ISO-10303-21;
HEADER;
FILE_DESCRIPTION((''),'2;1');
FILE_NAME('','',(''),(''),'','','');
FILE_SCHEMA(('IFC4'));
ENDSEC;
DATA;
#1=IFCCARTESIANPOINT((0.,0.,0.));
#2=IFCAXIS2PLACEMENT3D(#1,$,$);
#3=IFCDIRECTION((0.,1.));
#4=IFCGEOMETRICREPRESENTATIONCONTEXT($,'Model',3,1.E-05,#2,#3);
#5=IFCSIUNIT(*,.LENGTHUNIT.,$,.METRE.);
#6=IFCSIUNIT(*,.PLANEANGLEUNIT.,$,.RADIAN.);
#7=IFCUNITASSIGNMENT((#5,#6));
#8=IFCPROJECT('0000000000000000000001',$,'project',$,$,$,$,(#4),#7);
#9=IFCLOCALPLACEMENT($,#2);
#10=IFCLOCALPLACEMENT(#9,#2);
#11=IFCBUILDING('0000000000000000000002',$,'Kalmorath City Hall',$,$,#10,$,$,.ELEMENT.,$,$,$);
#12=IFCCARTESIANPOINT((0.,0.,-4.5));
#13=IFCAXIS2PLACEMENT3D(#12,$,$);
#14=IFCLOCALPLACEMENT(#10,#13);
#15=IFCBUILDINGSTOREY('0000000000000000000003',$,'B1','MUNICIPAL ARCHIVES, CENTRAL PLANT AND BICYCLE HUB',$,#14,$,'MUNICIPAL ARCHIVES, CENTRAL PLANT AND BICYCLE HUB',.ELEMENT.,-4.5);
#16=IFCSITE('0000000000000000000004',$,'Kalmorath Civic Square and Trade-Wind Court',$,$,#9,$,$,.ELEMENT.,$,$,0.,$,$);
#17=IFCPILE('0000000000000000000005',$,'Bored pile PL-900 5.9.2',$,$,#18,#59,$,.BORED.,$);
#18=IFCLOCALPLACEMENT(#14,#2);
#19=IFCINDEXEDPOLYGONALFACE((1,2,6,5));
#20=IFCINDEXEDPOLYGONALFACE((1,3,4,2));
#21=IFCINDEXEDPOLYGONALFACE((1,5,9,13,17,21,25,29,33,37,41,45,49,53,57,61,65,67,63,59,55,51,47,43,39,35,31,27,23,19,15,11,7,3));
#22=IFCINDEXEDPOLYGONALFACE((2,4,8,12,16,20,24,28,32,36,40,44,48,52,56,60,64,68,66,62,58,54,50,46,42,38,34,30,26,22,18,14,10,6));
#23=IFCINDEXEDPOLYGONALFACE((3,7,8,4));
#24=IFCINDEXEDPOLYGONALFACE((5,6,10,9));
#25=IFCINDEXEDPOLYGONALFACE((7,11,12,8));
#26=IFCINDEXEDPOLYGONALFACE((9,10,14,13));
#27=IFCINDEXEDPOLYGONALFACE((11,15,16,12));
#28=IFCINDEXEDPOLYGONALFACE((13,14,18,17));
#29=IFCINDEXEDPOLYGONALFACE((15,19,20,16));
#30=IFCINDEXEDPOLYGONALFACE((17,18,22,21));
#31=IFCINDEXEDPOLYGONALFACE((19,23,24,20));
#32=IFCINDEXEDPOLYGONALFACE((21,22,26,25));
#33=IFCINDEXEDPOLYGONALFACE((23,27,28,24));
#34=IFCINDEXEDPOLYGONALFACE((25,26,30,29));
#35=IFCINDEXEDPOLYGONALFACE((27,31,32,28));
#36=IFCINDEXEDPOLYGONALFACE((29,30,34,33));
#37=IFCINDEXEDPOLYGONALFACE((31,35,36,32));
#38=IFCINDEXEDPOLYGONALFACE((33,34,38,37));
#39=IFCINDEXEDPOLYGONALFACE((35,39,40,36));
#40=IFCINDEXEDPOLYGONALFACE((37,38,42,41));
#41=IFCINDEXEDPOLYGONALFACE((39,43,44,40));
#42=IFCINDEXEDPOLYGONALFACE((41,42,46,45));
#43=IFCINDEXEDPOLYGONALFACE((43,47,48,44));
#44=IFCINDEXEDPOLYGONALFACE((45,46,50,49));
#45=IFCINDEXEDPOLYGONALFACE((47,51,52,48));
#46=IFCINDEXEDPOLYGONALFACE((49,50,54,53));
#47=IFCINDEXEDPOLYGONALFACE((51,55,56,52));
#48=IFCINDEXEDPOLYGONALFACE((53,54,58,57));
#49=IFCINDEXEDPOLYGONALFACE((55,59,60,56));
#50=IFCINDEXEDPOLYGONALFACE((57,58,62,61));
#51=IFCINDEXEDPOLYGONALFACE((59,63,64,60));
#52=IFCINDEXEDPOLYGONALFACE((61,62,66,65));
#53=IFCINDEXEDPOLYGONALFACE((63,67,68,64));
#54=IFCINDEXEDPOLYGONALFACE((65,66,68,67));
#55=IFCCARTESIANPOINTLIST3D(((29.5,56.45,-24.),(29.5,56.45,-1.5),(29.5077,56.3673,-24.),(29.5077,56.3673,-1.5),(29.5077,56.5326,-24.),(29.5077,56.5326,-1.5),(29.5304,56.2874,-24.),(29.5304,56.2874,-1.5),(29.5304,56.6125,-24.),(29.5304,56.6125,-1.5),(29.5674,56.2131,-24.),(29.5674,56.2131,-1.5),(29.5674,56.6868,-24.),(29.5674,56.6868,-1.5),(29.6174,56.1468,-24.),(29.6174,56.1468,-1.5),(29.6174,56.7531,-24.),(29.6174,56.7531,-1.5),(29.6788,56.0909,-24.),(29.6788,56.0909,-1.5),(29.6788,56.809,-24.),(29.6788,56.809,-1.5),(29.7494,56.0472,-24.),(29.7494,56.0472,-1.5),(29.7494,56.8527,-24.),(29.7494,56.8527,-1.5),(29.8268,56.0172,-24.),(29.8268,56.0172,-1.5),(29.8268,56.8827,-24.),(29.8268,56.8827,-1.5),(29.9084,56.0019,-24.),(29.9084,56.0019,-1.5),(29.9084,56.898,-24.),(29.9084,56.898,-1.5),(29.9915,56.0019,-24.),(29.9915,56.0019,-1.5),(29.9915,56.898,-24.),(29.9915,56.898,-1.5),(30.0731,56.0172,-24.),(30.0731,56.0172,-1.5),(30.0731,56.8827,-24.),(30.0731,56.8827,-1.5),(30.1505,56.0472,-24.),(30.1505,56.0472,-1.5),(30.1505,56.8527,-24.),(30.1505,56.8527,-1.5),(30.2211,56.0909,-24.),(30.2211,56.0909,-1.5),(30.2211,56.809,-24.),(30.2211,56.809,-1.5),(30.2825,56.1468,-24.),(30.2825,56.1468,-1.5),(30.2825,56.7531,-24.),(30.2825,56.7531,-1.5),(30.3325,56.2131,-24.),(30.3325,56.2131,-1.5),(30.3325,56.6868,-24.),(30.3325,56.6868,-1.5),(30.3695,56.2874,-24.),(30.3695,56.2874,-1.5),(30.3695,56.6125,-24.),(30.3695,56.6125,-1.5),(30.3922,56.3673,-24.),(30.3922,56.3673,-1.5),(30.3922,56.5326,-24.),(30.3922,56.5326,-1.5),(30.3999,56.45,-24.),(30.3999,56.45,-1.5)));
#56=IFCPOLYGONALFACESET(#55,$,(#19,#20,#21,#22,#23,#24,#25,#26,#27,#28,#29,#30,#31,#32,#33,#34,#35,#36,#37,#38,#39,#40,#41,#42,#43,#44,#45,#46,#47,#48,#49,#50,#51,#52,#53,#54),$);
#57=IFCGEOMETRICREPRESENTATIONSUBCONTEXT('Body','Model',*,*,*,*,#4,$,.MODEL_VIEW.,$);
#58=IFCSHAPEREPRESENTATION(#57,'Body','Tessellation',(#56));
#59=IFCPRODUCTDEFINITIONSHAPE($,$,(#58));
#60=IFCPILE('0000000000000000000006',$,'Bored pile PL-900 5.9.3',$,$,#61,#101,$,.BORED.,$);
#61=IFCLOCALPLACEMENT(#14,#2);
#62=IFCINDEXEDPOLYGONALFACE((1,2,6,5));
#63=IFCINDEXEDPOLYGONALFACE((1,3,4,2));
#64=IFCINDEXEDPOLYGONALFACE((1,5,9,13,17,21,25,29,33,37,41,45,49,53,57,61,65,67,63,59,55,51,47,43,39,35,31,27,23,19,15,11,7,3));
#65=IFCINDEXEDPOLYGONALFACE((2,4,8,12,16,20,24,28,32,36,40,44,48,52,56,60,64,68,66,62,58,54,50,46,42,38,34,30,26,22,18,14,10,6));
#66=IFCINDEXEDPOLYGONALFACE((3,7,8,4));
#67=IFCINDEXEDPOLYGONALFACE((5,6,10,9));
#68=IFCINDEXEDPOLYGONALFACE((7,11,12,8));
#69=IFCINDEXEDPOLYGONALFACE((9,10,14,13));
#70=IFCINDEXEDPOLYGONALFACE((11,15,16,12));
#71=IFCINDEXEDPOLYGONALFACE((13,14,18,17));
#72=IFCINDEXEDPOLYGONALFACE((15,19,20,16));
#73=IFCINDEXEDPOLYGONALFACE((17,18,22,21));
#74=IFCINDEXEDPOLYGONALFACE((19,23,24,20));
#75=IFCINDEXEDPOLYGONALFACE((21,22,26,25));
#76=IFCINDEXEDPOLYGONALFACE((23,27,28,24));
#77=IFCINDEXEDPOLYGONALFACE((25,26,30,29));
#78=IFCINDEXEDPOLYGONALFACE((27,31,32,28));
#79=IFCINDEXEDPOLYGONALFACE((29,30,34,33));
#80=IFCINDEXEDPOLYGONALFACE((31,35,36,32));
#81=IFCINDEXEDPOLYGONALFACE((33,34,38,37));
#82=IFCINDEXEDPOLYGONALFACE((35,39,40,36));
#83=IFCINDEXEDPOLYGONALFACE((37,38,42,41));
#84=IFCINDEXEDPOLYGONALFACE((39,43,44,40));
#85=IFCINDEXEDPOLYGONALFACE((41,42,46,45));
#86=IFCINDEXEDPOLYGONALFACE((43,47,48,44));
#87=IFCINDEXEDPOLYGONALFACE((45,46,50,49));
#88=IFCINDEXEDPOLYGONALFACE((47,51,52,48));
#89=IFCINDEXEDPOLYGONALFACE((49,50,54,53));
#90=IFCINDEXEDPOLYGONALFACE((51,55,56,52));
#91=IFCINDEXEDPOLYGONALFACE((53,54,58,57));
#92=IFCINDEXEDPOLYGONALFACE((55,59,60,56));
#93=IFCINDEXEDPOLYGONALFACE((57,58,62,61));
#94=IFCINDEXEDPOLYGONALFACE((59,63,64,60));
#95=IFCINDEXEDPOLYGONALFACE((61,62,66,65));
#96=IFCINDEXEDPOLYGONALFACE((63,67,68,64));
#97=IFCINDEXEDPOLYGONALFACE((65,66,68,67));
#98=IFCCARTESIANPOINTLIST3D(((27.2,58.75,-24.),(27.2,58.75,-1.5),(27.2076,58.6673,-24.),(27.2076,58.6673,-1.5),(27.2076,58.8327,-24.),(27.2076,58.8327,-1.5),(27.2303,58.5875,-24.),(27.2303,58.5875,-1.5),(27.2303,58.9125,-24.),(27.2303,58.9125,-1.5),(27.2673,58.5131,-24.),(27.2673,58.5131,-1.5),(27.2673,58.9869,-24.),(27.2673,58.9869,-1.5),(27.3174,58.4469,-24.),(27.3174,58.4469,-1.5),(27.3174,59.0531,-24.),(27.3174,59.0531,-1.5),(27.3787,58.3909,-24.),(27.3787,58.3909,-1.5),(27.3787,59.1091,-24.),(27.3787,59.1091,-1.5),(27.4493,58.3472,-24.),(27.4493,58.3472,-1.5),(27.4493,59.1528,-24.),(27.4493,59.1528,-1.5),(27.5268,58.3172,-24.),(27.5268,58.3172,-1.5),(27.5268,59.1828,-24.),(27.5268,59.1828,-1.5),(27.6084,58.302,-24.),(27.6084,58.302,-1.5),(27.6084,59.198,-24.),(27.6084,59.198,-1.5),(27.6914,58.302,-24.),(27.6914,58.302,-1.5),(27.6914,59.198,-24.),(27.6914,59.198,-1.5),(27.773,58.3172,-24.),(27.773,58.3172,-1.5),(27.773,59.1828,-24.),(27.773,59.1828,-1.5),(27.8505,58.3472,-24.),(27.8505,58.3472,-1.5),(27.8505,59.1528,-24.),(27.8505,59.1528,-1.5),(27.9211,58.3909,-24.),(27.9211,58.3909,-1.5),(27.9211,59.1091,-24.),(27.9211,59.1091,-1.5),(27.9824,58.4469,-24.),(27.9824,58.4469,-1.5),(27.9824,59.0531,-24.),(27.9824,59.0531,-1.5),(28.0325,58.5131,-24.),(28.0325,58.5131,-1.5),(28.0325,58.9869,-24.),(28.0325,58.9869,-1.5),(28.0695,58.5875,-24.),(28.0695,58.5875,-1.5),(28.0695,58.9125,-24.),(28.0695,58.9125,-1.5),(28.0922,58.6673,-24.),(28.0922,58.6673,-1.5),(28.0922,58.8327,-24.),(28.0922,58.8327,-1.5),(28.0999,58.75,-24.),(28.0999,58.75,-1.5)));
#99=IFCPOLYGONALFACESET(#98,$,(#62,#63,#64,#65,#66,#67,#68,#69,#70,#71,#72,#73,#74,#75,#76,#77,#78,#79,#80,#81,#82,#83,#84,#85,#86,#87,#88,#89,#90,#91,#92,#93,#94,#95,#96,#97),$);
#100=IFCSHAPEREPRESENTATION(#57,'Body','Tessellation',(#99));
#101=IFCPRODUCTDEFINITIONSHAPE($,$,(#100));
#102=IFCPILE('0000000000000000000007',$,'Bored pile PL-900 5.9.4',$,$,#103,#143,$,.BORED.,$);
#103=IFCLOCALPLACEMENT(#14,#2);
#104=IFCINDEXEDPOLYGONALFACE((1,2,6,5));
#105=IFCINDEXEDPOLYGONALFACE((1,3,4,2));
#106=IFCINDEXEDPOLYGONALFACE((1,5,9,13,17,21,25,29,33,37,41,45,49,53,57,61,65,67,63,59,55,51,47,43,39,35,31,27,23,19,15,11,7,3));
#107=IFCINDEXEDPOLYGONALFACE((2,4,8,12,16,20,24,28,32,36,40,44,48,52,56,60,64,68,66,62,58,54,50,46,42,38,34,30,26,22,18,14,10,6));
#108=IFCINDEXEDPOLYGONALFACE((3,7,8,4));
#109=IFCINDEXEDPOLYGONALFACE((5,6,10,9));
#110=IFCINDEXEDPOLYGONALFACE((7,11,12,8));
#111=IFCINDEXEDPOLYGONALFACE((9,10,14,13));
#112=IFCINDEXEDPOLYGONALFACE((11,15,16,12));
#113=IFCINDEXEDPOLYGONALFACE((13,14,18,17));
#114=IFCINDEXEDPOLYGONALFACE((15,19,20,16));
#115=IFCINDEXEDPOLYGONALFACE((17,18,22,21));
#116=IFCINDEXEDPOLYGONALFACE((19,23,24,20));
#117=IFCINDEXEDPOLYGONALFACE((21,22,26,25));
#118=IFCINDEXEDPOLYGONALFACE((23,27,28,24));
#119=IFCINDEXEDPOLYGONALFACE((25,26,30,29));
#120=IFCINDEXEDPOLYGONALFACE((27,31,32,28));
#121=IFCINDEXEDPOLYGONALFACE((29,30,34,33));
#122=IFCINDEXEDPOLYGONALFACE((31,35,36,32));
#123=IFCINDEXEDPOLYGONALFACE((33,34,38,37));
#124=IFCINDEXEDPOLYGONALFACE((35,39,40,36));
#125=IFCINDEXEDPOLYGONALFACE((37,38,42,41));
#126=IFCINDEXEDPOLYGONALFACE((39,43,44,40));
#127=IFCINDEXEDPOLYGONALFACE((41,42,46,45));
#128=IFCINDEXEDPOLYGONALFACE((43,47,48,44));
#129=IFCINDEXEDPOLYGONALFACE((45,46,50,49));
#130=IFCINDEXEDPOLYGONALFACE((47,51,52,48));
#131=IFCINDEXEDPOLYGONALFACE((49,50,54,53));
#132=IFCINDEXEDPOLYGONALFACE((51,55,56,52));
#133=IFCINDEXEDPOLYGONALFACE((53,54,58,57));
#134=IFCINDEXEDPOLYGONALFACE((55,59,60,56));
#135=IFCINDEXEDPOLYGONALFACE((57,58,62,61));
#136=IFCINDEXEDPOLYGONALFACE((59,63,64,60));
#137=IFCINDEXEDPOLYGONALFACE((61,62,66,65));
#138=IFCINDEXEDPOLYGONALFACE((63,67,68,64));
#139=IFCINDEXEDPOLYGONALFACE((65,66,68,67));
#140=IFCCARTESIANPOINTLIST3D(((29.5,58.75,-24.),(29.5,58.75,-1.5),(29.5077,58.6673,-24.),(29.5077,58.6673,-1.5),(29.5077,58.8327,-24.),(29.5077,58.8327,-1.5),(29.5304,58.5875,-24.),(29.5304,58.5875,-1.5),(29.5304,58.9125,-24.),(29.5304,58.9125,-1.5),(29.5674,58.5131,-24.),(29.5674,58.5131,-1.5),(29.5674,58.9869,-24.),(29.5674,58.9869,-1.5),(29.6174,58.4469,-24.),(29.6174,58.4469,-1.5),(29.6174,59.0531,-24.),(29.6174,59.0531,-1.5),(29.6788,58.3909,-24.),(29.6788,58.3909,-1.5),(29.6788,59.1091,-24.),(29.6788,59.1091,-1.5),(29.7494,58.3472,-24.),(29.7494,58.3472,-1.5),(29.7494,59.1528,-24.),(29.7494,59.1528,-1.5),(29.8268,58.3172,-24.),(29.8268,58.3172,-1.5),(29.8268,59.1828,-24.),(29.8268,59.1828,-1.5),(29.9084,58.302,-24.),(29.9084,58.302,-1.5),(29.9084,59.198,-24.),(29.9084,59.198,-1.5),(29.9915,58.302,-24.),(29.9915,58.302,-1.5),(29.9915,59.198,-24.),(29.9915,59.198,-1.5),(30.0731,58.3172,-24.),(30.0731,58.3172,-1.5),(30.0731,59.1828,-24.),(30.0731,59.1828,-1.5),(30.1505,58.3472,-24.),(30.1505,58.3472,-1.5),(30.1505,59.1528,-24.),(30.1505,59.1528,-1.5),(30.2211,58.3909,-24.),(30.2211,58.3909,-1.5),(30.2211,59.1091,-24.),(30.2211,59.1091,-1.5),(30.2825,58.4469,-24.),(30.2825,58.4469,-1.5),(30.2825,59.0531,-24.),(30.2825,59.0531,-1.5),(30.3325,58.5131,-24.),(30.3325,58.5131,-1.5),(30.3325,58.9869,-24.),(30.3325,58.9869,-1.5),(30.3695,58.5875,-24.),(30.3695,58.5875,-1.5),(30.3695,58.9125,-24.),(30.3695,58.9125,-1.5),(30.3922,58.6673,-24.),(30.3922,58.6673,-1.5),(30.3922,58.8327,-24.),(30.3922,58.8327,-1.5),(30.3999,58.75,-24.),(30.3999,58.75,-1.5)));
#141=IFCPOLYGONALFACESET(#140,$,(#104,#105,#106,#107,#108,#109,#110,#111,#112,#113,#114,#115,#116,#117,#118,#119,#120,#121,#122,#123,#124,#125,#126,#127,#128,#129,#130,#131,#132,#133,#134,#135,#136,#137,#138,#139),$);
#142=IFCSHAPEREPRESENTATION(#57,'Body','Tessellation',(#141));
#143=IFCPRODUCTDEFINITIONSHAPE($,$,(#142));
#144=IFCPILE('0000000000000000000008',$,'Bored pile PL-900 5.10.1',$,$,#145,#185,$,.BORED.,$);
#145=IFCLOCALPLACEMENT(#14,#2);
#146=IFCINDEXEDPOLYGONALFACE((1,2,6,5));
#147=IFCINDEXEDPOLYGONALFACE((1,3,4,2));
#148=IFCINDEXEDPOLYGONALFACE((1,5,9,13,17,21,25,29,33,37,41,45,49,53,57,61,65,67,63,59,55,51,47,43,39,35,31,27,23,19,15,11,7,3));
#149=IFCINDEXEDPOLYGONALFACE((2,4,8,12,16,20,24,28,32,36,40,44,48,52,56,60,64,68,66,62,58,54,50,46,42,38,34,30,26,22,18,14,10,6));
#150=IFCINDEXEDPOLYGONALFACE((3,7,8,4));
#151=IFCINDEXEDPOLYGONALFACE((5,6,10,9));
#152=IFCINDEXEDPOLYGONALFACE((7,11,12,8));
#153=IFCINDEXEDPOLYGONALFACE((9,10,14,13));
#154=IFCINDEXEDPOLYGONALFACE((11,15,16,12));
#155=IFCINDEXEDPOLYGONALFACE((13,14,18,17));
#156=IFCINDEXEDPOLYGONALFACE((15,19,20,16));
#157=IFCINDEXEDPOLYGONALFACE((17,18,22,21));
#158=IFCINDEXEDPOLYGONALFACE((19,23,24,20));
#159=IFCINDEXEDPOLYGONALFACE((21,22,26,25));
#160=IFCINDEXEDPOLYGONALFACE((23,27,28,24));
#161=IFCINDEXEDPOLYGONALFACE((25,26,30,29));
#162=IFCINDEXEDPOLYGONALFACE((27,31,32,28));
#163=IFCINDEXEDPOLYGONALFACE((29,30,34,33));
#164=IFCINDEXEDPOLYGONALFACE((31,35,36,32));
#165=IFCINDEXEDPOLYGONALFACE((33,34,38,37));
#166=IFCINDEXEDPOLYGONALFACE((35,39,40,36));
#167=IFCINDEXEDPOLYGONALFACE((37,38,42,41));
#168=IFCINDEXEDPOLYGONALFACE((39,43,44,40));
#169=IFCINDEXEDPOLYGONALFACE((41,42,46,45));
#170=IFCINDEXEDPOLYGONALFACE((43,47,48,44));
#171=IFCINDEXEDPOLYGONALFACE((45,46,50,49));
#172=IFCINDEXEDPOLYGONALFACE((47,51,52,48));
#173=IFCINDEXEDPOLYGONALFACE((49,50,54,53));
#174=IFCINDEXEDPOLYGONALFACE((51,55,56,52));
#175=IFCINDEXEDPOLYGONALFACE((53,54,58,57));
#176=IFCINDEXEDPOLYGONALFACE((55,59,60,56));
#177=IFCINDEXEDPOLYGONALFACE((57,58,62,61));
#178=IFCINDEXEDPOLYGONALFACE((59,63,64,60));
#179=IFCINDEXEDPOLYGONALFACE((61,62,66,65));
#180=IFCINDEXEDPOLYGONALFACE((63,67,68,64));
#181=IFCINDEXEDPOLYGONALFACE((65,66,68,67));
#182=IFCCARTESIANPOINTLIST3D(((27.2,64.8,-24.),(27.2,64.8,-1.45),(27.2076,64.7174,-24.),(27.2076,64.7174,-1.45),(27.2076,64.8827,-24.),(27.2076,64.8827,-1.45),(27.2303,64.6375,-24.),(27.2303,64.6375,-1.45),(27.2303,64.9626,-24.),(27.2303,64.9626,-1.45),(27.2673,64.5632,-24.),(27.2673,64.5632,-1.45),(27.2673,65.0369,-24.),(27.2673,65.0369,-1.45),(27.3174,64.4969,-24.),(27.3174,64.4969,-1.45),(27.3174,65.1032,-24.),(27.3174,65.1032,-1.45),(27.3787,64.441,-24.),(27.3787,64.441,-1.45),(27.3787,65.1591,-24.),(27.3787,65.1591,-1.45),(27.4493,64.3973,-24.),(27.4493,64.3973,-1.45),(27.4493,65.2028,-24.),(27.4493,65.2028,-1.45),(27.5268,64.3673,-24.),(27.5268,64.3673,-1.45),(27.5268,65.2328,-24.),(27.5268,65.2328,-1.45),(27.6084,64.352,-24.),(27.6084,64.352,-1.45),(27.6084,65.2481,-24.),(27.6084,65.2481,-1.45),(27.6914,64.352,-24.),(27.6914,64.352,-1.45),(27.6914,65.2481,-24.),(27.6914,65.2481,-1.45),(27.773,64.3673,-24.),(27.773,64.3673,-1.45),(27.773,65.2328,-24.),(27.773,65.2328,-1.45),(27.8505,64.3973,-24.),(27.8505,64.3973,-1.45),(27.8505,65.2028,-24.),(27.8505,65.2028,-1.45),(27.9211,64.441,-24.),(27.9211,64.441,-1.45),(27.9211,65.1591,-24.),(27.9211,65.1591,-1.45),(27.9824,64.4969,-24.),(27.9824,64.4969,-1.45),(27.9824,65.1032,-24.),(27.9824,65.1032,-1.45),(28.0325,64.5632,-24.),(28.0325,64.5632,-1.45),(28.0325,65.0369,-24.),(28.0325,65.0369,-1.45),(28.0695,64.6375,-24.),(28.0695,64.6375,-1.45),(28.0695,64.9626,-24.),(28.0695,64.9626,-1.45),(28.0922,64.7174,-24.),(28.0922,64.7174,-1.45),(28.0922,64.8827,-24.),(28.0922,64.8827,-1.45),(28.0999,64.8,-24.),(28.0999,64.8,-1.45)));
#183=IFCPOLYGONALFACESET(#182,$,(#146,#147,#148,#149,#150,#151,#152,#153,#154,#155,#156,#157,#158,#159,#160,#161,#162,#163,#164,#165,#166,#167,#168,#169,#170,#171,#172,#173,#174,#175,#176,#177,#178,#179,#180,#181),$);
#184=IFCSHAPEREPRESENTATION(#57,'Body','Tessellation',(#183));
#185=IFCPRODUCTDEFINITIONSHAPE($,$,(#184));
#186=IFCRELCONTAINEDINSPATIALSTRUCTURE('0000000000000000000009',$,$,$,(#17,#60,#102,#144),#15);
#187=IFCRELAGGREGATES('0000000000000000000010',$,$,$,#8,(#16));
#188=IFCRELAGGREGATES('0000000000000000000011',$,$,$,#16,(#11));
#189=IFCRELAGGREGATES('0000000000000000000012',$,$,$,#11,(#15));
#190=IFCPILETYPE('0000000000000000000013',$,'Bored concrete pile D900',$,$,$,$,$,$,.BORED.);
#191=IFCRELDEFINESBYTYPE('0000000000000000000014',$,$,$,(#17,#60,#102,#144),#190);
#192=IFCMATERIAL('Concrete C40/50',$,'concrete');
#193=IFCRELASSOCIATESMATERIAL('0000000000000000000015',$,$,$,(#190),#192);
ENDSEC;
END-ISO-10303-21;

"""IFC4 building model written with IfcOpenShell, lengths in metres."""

from ifc_helpers import new_model, si_unit, direction, frame, origin, origin_2d, place, context, subcontext, project, spatial, circle, extrude, material, material_profile, profile_set, type_object, element, save


model = new_model("IFC4")

# Units and contexts
model_context = context("Model", 3, precision=1e-05, world=origin(), true_north=direction((0.0, 1.0)))
body_context = subcontext(model_context, "Body", "Model", "MODEL_VIEW")
ifc_project = project(units=[si_unit("LENGTHUNIT", "METRE"), si_unit("PLANEANGLEUNIT", "RADIAN")], contexts=[model_context])

# Site, building, storey
site_placement = place(None, origin())
site = spatial("IfcSite", under=ifc_project, at=site_placement, Name="Kalmorath Civic Square and Trade-Wind Court", CompositionType="ELEMENT", RefElevation=0.0)
building_placement = place(site_placement, origin())
building = spatial("IfcBuilding", under=site, at=building_placement, Name="Kalmorath City Hall", CompositionType="ELEMENT")
storey_placement = place(building_placement, frame((0.0, 0.0, -4.5)))
storey = spatial("IfcBuildingStorey", under=building, at=storey_placement, Name="B1", Description="MUNICIPAL ARCHIVES, CENTRAL PLANT AND BICYCLE HUB", LongName="MUNICIPAL ARCHIVES, CENTRAL PLANT AND BICYCLE HUB", CompositionType="ELEMENT", Elevation=-4.5)

# Piles
ifc_material_1 = material(Name="Concrete C40/50", Category="concrete")
ifc_material_profile_1 = material_profile(ifc_material_1, circle(Radius=0.45, at=origin_2d()), Name="PILE-D900")
ifc_profile_set_1 = profile_set([ifc_material_profile_1], Name="Concrete C40/50")
pile_type = type_object("IfcPileType", Name="Bored concrete pile D900", PredefinedType="BORED", material=ifc_profile_set_1)
for number, where, z_axis, x_axis, name in (
    (1, (29.95, 56.45, -1.5), (0.0, 0.0, -1.0), (1.0, 0.0, 0.0), "Bored pile PL-900 5.9.2"),
    (2, (27.6499, 58.75, -1.5), (0.0, 0.0, -1.0), (1.0, 0.0, 0.0), "Bored pile PL-900 5.9.3"),
    (3, (29.95, 58.75, -1.5), (0.0, 0.0, -1.0), (1.0, 0.0, 0.0), "Bored pile PL-900 5.9.4"),
):
    element("IfcPile", number, at=place(storey_placement, frame(where, z_axis=z_axis, x_axis=x_axis)), inside=storey, type_object=pile_type, Name=name, PredefinedType="BORED", context=body_context, shape_type="SweptSolid", body=[
        extrude(circle(Radius=0.45, at=origin_2d()), origin(), (0.0, 0.0, 1.0), 22.5),
    ])
pile_1_placement = place(storey_placement, frame((27.6499, 64.8, -1.45), z_axis=(0.0, 0.0, -1.0), x_axis=(1.0, 0.0, 0.0)))
element("IfcPile", 4, at=pile_1_placement, inside=storey, type_object=pile_type, Name="Bored pile PL-900 5.10.1", PredefinedType="BORED", context=body_context, shape_type="SweptSolid", body=[
    extrude(circle(Radius=0.45, at=origin_2d()), origin(), (0.0, 0.0, 1.0), 22.55),
])

save(model, "model.ifc")
